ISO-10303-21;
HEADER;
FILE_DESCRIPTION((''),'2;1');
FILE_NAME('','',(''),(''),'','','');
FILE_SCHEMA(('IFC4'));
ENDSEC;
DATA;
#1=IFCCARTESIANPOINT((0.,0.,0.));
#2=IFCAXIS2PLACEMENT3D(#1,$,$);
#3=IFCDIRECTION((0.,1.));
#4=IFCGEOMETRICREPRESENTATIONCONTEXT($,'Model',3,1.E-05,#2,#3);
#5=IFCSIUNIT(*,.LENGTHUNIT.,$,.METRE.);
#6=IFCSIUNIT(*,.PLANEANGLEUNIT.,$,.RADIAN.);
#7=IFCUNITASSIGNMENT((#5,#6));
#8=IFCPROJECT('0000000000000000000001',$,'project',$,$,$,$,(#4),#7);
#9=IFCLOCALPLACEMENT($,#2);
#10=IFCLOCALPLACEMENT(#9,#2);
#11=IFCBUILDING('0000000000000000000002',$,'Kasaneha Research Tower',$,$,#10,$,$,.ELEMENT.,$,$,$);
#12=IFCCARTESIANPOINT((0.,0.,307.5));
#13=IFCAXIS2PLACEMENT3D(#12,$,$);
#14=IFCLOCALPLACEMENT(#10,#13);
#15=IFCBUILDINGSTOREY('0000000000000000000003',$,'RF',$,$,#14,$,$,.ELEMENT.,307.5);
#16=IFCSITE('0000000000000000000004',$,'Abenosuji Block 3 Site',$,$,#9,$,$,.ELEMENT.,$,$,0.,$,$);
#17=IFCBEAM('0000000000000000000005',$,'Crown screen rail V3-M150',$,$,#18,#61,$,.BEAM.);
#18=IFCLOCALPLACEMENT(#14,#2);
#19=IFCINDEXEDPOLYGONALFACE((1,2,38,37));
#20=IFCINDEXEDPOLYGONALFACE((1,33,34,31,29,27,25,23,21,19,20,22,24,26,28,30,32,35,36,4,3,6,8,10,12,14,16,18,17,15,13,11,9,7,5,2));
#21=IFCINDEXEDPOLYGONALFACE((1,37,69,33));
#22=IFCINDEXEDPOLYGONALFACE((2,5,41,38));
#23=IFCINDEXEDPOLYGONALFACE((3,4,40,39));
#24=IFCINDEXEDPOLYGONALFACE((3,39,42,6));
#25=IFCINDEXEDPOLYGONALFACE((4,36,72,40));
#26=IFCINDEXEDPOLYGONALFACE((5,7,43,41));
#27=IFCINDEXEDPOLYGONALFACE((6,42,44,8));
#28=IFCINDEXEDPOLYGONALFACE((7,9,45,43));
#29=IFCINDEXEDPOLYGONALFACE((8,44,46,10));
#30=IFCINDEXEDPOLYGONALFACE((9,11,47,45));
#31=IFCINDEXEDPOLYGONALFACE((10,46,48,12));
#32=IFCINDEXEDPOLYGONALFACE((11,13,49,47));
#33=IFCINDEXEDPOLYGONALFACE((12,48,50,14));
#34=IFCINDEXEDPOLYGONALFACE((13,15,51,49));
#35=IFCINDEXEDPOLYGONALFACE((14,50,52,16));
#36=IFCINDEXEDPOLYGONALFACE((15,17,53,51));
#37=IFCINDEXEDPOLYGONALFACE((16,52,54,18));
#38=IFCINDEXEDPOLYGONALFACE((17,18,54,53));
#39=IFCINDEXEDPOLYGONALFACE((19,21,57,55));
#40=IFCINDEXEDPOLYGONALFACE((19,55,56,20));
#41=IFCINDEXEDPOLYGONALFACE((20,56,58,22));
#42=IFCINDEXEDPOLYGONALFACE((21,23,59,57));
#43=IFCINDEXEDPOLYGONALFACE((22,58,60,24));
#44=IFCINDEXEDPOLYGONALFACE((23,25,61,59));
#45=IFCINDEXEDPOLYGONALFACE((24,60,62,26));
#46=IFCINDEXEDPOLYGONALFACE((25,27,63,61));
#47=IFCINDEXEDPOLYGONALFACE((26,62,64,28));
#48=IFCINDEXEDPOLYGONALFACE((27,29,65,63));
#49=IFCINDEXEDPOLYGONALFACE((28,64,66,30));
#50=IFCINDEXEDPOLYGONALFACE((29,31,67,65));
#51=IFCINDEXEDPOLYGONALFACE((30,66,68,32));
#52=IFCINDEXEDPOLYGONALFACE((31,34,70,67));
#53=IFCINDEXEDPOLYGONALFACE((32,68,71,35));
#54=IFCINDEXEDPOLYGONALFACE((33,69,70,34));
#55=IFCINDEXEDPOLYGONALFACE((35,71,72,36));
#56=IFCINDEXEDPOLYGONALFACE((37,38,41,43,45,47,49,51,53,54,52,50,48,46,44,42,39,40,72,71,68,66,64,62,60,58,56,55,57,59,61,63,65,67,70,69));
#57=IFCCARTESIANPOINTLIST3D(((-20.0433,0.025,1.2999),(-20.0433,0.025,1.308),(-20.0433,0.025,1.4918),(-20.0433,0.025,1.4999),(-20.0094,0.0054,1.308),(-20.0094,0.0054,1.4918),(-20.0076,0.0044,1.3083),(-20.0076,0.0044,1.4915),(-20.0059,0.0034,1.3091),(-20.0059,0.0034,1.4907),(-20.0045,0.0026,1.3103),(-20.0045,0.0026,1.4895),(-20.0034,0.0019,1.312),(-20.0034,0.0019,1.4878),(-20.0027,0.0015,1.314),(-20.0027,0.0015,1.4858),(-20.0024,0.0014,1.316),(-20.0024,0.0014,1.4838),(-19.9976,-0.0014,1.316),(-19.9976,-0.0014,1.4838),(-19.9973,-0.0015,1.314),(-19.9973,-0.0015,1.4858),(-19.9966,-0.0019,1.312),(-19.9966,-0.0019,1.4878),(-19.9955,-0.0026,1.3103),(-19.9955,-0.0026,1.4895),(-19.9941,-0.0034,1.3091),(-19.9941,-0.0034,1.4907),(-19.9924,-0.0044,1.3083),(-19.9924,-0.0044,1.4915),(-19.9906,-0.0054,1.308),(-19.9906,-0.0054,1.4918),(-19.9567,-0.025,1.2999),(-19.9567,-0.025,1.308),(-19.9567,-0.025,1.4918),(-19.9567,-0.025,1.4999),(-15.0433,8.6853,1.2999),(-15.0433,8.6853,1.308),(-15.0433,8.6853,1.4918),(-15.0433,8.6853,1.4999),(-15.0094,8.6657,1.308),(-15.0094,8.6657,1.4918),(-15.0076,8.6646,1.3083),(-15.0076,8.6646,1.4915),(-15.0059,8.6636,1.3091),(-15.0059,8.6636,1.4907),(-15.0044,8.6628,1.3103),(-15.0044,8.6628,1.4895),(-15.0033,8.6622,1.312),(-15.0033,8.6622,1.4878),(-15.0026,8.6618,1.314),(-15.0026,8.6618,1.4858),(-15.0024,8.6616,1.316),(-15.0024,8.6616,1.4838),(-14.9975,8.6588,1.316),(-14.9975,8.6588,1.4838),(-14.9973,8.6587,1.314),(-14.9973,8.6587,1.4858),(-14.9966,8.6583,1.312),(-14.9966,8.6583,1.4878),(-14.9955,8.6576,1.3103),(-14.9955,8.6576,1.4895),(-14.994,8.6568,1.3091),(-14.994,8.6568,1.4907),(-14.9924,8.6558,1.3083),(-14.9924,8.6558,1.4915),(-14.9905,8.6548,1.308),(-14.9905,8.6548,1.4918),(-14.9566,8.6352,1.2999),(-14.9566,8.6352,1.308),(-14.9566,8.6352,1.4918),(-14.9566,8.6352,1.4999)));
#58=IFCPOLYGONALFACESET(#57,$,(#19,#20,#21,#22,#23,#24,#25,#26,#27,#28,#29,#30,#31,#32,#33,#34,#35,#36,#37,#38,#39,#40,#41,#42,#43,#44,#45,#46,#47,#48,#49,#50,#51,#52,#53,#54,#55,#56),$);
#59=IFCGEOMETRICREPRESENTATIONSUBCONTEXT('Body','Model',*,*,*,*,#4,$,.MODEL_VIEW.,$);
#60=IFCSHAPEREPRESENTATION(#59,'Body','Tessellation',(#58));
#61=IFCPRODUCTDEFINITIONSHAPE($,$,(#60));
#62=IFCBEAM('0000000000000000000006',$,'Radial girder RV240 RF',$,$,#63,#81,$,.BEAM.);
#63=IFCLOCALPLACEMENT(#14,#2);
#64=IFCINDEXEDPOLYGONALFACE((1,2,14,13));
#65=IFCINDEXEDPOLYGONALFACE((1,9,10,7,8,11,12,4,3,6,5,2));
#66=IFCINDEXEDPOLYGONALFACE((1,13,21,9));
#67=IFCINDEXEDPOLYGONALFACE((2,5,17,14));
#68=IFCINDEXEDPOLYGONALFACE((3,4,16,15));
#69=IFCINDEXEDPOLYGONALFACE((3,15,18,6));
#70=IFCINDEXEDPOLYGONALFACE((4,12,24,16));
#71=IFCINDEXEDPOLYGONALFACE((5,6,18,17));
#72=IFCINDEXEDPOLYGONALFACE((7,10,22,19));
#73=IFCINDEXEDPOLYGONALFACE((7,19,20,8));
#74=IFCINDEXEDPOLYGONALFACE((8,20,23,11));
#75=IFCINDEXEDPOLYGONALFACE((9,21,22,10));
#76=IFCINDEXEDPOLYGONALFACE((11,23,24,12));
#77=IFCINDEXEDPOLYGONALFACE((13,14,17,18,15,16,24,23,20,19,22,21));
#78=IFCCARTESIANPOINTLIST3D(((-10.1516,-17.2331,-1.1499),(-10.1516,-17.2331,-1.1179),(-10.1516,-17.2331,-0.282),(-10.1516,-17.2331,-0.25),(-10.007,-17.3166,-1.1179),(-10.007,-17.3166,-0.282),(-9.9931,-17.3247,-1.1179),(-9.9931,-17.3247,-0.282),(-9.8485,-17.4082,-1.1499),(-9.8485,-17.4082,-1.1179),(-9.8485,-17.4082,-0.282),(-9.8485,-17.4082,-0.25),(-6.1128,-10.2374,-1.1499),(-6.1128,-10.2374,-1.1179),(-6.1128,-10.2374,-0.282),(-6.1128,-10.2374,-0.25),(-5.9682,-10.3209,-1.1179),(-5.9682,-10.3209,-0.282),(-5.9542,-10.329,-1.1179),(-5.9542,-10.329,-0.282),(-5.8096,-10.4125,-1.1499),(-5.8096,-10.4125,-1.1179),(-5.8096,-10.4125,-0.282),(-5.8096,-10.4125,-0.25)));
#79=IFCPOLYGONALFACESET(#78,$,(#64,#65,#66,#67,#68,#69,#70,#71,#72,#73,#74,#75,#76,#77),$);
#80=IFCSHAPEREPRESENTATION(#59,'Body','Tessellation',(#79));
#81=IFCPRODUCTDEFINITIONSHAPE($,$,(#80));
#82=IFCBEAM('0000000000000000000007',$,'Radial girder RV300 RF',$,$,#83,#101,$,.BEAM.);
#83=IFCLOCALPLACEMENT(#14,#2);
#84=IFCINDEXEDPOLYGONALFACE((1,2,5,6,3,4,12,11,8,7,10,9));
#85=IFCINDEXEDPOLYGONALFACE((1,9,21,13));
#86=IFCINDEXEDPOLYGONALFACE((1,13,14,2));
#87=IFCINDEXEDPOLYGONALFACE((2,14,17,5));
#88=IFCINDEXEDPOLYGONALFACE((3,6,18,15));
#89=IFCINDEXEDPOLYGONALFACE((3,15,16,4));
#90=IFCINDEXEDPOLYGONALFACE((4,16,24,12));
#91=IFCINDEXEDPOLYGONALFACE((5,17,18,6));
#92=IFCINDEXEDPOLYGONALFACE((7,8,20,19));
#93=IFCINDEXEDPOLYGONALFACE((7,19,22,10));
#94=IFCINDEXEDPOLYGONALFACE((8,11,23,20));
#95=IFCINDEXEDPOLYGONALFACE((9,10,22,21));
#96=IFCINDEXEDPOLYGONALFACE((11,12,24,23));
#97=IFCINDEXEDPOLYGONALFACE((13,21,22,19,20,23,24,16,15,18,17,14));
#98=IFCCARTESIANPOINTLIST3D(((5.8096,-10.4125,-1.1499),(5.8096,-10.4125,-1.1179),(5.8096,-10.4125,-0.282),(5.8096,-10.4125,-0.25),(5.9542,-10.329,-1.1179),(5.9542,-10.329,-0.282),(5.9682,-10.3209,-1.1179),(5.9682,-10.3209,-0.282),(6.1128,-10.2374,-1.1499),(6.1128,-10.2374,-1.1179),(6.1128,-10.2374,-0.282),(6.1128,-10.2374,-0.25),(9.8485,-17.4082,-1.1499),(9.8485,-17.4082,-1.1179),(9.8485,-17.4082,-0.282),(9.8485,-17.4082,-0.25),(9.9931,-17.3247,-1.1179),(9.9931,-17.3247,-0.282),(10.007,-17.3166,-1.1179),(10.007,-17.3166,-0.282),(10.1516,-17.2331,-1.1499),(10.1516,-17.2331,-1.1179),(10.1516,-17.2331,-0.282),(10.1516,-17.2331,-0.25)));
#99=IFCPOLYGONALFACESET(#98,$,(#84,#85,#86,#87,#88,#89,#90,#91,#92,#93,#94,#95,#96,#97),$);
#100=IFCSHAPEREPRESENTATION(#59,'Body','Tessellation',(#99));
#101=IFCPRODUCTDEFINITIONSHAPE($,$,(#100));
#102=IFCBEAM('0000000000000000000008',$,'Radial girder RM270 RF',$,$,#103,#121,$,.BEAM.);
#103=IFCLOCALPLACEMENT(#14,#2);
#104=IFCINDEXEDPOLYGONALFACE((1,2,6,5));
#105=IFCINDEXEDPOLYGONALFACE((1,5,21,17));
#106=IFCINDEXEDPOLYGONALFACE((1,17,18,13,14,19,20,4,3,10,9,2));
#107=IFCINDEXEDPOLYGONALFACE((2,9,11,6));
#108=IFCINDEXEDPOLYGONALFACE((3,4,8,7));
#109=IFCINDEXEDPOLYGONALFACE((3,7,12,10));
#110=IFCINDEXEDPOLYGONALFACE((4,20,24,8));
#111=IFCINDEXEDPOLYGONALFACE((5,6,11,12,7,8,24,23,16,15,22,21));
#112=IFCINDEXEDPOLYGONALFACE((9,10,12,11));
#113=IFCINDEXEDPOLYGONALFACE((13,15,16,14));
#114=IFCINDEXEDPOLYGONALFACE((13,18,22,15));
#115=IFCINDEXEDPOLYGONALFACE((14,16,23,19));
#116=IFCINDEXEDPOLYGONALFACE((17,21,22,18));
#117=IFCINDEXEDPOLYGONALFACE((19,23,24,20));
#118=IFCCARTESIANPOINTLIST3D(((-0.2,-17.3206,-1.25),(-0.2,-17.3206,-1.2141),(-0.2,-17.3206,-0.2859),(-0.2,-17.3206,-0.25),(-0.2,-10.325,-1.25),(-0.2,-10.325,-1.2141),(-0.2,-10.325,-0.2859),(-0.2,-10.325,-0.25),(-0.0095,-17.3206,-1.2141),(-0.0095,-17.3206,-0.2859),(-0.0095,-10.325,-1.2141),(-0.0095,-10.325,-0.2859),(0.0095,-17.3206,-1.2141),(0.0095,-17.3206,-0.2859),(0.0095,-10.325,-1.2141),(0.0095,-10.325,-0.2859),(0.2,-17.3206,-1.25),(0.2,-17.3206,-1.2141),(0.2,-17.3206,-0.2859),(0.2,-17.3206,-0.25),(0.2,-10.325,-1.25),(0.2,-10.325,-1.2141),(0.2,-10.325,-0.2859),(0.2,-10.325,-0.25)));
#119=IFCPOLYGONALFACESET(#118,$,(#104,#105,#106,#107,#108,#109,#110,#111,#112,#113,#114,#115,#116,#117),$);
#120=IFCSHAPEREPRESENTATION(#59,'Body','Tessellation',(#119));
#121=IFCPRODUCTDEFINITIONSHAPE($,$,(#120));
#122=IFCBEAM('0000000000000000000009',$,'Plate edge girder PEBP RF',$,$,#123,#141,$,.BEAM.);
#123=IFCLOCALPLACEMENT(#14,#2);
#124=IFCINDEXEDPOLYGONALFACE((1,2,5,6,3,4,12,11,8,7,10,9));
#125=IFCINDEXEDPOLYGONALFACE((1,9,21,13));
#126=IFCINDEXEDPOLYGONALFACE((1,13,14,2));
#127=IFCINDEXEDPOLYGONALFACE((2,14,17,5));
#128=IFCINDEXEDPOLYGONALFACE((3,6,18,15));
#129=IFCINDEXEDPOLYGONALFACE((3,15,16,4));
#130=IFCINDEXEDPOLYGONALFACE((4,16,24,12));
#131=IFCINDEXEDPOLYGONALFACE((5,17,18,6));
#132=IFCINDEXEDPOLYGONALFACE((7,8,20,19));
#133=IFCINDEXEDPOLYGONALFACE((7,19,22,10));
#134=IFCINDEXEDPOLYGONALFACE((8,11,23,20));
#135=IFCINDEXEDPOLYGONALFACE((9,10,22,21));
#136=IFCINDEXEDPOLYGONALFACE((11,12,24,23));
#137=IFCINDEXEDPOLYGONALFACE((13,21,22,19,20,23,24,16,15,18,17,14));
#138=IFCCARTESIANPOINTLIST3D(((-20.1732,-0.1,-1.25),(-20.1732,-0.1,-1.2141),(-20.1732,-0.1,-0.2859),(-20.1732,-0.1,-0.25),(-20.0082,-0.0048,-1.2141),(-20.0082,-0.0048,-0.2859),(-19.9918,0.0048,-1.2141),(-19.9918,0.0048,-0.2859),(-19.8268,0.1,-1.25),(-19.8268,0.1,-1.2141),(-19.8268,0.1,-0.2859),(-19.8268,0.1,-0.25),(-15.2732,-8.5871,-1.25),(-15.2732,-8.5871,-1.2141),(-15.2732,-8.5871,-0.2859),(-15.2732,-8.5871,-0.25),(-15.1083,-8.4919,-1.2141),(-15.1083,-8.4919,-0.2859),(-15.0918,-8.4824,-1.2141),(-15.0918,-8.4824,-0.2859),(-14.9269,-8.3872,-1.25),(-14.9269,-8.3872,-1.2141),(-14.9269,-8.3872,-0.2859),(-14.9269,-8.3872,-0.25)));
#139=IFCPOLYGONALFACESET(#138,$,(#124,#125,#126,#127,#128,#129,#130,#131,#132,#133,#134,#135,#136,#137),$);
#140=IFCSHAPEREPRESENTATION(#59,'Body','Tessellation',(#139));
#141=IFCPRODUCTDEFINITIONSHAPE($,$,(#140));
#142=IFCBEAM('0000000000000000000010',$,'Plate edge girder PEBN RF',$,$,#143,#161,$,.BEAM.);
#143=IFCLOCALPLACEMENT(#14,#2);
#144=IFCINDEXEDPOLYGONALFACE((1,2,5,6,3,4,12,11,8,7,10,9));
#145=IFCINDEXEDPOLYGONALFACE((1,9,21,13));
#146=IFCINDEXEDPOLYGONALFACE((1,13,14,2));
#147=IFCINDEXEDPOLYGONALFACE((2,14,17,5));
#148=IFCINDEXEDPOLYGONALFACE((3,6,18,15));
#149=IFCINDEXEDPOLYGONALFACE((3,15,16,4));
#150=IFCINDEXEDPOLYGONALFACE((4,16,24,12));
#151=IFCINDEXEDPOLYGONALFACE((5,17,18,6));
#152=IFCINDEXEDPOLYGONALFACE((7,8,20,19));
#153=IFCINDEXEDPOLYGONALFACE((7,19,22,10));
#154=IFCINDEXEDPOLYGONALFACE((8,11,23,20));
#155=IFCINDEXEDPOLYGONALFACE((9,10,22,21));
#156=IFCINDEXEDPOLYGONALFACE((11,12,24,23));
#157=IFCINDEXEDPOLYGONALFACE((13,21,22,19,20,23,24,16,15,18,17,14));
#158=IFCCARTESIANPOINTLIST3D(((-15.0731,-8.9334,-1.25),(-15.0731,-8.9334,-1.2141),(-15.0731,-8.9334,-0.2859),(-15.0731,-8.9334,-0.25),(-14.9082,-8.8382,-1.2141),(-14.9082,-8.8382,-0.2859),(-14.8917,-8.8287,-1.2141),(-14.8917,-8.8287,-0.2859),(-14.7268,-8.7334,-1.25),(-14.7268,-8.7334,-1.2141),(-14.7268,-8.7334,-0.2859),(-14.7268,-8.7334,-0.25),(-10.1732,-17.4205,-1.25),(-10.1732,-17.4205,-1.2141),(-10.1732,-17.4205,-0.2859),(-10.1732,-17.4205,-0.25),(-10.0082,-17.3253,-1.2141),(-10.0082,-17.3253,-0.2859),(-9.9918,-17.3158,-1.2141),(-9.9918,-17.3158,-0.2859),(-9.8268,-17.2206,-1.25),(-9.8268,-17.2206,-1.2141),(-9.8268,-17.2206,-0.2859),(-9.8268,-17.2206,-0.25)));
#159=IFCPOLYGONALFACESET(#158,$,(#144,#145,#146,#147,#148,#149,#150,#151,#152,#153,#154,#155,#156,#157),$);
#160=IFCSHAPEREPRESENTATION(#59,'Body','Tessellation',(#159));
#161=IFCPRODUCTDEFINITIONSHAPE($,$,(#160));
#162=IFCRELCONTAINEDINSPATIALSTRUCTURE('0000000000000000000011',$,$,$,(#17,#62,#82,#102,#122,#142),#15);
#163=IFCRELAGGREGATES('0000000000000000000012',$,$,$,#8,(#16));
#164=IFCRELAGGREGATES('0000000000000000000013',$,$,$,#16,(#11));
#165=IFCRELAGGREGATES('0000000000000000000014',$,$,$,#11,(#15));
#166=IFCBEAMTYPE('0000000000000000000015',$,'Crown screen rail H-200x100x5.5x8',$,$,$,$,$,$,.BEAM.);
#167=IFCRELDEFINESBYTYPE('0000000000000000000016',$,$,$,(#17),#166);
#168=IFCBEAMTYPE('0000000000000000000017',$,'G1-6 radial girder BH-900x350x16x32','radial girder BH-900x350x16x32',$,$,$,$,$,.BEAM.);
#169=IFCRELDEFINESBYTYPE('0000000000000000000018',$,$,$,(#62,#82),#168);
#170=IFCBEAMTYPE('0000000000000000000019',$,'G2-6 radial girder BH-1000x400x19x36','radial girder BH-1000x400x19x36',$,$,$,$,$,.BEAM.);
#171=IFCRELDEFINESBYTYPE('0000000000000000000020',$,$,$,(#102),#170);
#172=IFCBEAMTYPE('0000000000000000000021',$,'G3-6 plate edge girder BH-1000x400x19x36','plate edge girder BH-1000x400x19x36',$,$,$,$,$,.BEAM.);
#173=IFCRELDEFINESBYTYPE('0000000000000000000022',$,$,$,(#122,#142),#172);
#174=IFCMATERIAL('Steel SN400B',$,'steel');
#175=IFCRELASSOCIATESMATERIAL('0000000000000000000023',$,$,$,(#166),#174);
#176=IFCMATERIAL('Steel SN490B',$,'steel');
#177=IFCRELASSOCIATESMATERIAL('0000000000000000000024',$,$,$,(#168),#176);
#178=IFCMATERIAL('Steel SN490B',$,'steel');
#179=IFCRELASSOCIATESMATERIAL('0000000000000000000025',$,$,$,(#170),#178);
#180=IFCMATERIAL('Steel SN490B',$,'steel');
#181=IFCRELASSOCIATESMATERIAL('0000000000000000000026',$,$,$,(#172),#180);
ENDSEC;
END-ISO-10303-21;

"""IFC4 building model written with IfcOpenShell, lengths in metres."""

from ifc_helpers import new_model, si_unit, direction, frame, origin, origin_2d, place, context, subcontext, project, spatial, i_section, extrude, material, material_profile, profile_set, type_object, element, save


model = new_model("IFC4")

# Units and contexts
model_context = context("Model", 3, precision=1e-05, world=origin(), true_north=direction((0.0, 1.0)))
body_context = subcontext(model_context, "Body", "Model", "MODEL_VIEW")
ifc_project = project(units=[si_unit("LENGTHUNIT", "METRE"), si_unit("PLANEANGLEUNIT", "RADIAN")], contexts=[model_context])

# Site, building, storey
site_placement = place(None, origin())
site = spatial("IfcSite", under=ifc_project, at=site_placement, Name="Abenosuji Block 3 Site", CompositionType="ELEMENT", RefElevation=0.0)
building_placement = place(site_placement, origin())
building = spatial("IfcBuilding", under=site, at=building_placement, Name="Kasaneha Research Tower", CompositionType="ELEMENT")
storey_placement = place(building_placement, frame((0.0, 0.0, 307.5)))
storey = spatial("IfcBuildingStorey", under=building, at=storey_placement, Name="RF", CompositionType="ELEMENT", Elevation=307.5)

# Beams
ifc_material_1 = material(Name="Steel SN400B", Category="steel")
ifc_material_profile_1 = material_profile(ifc_material_1, i_section(OverallWidth=0.1001, OverallDepth=0.2, WebThickness=0.0056, FlangeThickness=0.0081, FilletRadius=0.0081, at=origin_2d()), Name="H-200x100x5.5x8")
ifc_profile_set_1 = profile_set([ifc_material_profile_1], Name="Steel SN400B")
beam_type_1 = type_object("IfcBeamType", Name="Crown screen rail H-200x100x5.5x8", PredefinedType="BEAM", material=ifc_profile_set_1)
for number, where, z_axis, x_axis, name in (
    (1, (-20.0, 0.0, 1.3999), (0.500004, 0.866023, 0.0), (-0.866023, 0.500004, 0.0), "Crown screen rail V3-M150"),
):
    element("IfcBeam", number, at=place(storey_placement, frame(where, z_axis=z_axis, x_axis=x_axis)), inside=storey, type_object=beam_type_1, Name=name, PredefinedType="BEAM", context=body_context, shape_type="SweptSolid", body=[
        extrude(i_section(OverallWidth=0.1001, OverallDepth=0.2, WebThickness=0.0056, FlangeThickness=0.0081, FilletRadius=0.0081, at=origin_2d()), origin(), (0.0, 0.0, 1.0), 10.0),
    ])
ifc_material_2 = material(Name="Steel SN490B", Category="steel")
ifc_material_profile_2 = material_profile(ifc_material_2, i_section(OverallWidth=0.3501, OverallDepth=0.8999, WebThickness=0.0161, FlangeThickness=0.032, at=origin_2d()), Name="BH-900x350x16x32")
ifc_profile_set_2 = profile_set([ifc_material_profile_2], Name="Steel SN490B")
beam_type_2 = type_object("IfcBeamType", Name="G1-6 radial girder BH-900x350x16x32", Description="radial girder BH-900x350x16x32", PredefinedType="BEAM", material=ifc_profile_set_2)
for number, where, z_axis, x_axis, name in (
    (2, (-5.9612, -10.325, -0.7), (-0.499991, -0.866031, 0.0), (0.866031, -0.499991, 0.0), "Radial girder RV240 RF"),
    (3, (5.9612, -10.325, -0.7), (0.499991, -0.866031, 0.0), (0.866031, 0.499991, 0.0), "Radial girder RV300 RF"),
):
    element("IfcBeam", number, at=place(storey_placement, frame(where, z_axis=z_axis, x_axis=x_axis)), inside=storey, type_object=beam_type_2, Name=name, PredefinedType="BEAM", context=body_context, shape_type="SweptSolid", body=[
        extrude(i_section(OverallWidth=0.3501, OverallDepth=0.8999, WebThickness=0.0161, FlangeThickness=0.032, at=origin_2d()), origin(), (0.0, 0.0, 1.0), 8.0779),
    ])
ifc_material_3 = material(Name="Steel SN490B", Category="steel")
ifc_material_profile_3 = material_profile(ifc_material_3, i_section(OverallWidth=0.3999, OverallDepth=1.0, WebThickness=0.019, FlangeThickness=0.0359, at=origin_2d()), Name="BH-1000x400x19x36")
ifc_profile_set_3 = profile_set([ifc_material_profile_3], Name="Steel SN490B")
beam_type_3 = type_object("IfcBeamType", Name="G2-6 radial girder BH-1000x400x19x36", Description="radial girder BH-1000x400x19x36", PredefinedType="BEAM", material=ifc_profile_set_3)
beam_1_placement = place(storey_placement, frame((0.0, -10.325, -0.75), z_axis=(0.0, -1.0, 0.0), x_axis=(1.0, 0.0, 0.0)))
element("IfcBeam", 4, at=beam_1_placement, inside=storey, type_object=beam_type_3, Name="Radial girder RM270 RF", PredefinedType="BEAM", context=body_context, shape_type="SweptSolid", body=[
    extrude(i_section(OverallWidth=0.3999, OverallDepth=1.0, WebThickness=0.019, FlangeThickness=0.0359, at=origin_2d()), origin(), (0.0, 0.0, 1.0), 6.9956),
])
ifc_material_4 = material(Name="Steel SN490B", Category="steel")
ifc_material_profile_4 = material_profile(ifc_material_4, i_section(OverallWidth=0.3999, OverallDepth=1.0, WebThickness=0.019, FlangeThickness=0.0359, at=origin_2d()), Name="BH-1000x400x19x36")
ifc_profile_set_4 = profile_set([ifc_material_profile_4], Name="Steel SN490B")
beam_type_4 = type_object("IfcBeamType", Name="G3-6 plate edge girder BH-1000x400x19x36", Description="plate edge girder BH-1000x400x19x36", PredefinedType="BEAM", material=ifc_profile_set_4)
for number, where, z_axis, x_axis, name in (
    (5, (-20.0, 0.0, -0.75), (0.499992, -0.86603, 0.0), (0.86603, 0.499992, 0.0), "Plate edge girder PEBP RF"),
    (6, (-10.0, -17.3206, -0.75), (-0.499992, 0.86603, 0.0), (-0.86603, -0.499992, 0.0), "Plate edge girder PEBN RF"),
):
    element("IfcBeam", number, at=place(storey_placement, frame(where, z_axis=z_axis, x_axis=x_axis)), inside=storey, type_object=beam_type_4, Name=name, PredefinedType="BEAM", context=body_context, shape_type="SweptSolid", body=[
        extrude(i_section(OverallWidth=0.3999, OverallDepth=1.0, WebThickness=0.019, FlangeThickness=0.0359, at=origin_2d()), origin(), (0.0, 0.0, 1.0), 9.8),
    ])

save(model, "model.ifc")
